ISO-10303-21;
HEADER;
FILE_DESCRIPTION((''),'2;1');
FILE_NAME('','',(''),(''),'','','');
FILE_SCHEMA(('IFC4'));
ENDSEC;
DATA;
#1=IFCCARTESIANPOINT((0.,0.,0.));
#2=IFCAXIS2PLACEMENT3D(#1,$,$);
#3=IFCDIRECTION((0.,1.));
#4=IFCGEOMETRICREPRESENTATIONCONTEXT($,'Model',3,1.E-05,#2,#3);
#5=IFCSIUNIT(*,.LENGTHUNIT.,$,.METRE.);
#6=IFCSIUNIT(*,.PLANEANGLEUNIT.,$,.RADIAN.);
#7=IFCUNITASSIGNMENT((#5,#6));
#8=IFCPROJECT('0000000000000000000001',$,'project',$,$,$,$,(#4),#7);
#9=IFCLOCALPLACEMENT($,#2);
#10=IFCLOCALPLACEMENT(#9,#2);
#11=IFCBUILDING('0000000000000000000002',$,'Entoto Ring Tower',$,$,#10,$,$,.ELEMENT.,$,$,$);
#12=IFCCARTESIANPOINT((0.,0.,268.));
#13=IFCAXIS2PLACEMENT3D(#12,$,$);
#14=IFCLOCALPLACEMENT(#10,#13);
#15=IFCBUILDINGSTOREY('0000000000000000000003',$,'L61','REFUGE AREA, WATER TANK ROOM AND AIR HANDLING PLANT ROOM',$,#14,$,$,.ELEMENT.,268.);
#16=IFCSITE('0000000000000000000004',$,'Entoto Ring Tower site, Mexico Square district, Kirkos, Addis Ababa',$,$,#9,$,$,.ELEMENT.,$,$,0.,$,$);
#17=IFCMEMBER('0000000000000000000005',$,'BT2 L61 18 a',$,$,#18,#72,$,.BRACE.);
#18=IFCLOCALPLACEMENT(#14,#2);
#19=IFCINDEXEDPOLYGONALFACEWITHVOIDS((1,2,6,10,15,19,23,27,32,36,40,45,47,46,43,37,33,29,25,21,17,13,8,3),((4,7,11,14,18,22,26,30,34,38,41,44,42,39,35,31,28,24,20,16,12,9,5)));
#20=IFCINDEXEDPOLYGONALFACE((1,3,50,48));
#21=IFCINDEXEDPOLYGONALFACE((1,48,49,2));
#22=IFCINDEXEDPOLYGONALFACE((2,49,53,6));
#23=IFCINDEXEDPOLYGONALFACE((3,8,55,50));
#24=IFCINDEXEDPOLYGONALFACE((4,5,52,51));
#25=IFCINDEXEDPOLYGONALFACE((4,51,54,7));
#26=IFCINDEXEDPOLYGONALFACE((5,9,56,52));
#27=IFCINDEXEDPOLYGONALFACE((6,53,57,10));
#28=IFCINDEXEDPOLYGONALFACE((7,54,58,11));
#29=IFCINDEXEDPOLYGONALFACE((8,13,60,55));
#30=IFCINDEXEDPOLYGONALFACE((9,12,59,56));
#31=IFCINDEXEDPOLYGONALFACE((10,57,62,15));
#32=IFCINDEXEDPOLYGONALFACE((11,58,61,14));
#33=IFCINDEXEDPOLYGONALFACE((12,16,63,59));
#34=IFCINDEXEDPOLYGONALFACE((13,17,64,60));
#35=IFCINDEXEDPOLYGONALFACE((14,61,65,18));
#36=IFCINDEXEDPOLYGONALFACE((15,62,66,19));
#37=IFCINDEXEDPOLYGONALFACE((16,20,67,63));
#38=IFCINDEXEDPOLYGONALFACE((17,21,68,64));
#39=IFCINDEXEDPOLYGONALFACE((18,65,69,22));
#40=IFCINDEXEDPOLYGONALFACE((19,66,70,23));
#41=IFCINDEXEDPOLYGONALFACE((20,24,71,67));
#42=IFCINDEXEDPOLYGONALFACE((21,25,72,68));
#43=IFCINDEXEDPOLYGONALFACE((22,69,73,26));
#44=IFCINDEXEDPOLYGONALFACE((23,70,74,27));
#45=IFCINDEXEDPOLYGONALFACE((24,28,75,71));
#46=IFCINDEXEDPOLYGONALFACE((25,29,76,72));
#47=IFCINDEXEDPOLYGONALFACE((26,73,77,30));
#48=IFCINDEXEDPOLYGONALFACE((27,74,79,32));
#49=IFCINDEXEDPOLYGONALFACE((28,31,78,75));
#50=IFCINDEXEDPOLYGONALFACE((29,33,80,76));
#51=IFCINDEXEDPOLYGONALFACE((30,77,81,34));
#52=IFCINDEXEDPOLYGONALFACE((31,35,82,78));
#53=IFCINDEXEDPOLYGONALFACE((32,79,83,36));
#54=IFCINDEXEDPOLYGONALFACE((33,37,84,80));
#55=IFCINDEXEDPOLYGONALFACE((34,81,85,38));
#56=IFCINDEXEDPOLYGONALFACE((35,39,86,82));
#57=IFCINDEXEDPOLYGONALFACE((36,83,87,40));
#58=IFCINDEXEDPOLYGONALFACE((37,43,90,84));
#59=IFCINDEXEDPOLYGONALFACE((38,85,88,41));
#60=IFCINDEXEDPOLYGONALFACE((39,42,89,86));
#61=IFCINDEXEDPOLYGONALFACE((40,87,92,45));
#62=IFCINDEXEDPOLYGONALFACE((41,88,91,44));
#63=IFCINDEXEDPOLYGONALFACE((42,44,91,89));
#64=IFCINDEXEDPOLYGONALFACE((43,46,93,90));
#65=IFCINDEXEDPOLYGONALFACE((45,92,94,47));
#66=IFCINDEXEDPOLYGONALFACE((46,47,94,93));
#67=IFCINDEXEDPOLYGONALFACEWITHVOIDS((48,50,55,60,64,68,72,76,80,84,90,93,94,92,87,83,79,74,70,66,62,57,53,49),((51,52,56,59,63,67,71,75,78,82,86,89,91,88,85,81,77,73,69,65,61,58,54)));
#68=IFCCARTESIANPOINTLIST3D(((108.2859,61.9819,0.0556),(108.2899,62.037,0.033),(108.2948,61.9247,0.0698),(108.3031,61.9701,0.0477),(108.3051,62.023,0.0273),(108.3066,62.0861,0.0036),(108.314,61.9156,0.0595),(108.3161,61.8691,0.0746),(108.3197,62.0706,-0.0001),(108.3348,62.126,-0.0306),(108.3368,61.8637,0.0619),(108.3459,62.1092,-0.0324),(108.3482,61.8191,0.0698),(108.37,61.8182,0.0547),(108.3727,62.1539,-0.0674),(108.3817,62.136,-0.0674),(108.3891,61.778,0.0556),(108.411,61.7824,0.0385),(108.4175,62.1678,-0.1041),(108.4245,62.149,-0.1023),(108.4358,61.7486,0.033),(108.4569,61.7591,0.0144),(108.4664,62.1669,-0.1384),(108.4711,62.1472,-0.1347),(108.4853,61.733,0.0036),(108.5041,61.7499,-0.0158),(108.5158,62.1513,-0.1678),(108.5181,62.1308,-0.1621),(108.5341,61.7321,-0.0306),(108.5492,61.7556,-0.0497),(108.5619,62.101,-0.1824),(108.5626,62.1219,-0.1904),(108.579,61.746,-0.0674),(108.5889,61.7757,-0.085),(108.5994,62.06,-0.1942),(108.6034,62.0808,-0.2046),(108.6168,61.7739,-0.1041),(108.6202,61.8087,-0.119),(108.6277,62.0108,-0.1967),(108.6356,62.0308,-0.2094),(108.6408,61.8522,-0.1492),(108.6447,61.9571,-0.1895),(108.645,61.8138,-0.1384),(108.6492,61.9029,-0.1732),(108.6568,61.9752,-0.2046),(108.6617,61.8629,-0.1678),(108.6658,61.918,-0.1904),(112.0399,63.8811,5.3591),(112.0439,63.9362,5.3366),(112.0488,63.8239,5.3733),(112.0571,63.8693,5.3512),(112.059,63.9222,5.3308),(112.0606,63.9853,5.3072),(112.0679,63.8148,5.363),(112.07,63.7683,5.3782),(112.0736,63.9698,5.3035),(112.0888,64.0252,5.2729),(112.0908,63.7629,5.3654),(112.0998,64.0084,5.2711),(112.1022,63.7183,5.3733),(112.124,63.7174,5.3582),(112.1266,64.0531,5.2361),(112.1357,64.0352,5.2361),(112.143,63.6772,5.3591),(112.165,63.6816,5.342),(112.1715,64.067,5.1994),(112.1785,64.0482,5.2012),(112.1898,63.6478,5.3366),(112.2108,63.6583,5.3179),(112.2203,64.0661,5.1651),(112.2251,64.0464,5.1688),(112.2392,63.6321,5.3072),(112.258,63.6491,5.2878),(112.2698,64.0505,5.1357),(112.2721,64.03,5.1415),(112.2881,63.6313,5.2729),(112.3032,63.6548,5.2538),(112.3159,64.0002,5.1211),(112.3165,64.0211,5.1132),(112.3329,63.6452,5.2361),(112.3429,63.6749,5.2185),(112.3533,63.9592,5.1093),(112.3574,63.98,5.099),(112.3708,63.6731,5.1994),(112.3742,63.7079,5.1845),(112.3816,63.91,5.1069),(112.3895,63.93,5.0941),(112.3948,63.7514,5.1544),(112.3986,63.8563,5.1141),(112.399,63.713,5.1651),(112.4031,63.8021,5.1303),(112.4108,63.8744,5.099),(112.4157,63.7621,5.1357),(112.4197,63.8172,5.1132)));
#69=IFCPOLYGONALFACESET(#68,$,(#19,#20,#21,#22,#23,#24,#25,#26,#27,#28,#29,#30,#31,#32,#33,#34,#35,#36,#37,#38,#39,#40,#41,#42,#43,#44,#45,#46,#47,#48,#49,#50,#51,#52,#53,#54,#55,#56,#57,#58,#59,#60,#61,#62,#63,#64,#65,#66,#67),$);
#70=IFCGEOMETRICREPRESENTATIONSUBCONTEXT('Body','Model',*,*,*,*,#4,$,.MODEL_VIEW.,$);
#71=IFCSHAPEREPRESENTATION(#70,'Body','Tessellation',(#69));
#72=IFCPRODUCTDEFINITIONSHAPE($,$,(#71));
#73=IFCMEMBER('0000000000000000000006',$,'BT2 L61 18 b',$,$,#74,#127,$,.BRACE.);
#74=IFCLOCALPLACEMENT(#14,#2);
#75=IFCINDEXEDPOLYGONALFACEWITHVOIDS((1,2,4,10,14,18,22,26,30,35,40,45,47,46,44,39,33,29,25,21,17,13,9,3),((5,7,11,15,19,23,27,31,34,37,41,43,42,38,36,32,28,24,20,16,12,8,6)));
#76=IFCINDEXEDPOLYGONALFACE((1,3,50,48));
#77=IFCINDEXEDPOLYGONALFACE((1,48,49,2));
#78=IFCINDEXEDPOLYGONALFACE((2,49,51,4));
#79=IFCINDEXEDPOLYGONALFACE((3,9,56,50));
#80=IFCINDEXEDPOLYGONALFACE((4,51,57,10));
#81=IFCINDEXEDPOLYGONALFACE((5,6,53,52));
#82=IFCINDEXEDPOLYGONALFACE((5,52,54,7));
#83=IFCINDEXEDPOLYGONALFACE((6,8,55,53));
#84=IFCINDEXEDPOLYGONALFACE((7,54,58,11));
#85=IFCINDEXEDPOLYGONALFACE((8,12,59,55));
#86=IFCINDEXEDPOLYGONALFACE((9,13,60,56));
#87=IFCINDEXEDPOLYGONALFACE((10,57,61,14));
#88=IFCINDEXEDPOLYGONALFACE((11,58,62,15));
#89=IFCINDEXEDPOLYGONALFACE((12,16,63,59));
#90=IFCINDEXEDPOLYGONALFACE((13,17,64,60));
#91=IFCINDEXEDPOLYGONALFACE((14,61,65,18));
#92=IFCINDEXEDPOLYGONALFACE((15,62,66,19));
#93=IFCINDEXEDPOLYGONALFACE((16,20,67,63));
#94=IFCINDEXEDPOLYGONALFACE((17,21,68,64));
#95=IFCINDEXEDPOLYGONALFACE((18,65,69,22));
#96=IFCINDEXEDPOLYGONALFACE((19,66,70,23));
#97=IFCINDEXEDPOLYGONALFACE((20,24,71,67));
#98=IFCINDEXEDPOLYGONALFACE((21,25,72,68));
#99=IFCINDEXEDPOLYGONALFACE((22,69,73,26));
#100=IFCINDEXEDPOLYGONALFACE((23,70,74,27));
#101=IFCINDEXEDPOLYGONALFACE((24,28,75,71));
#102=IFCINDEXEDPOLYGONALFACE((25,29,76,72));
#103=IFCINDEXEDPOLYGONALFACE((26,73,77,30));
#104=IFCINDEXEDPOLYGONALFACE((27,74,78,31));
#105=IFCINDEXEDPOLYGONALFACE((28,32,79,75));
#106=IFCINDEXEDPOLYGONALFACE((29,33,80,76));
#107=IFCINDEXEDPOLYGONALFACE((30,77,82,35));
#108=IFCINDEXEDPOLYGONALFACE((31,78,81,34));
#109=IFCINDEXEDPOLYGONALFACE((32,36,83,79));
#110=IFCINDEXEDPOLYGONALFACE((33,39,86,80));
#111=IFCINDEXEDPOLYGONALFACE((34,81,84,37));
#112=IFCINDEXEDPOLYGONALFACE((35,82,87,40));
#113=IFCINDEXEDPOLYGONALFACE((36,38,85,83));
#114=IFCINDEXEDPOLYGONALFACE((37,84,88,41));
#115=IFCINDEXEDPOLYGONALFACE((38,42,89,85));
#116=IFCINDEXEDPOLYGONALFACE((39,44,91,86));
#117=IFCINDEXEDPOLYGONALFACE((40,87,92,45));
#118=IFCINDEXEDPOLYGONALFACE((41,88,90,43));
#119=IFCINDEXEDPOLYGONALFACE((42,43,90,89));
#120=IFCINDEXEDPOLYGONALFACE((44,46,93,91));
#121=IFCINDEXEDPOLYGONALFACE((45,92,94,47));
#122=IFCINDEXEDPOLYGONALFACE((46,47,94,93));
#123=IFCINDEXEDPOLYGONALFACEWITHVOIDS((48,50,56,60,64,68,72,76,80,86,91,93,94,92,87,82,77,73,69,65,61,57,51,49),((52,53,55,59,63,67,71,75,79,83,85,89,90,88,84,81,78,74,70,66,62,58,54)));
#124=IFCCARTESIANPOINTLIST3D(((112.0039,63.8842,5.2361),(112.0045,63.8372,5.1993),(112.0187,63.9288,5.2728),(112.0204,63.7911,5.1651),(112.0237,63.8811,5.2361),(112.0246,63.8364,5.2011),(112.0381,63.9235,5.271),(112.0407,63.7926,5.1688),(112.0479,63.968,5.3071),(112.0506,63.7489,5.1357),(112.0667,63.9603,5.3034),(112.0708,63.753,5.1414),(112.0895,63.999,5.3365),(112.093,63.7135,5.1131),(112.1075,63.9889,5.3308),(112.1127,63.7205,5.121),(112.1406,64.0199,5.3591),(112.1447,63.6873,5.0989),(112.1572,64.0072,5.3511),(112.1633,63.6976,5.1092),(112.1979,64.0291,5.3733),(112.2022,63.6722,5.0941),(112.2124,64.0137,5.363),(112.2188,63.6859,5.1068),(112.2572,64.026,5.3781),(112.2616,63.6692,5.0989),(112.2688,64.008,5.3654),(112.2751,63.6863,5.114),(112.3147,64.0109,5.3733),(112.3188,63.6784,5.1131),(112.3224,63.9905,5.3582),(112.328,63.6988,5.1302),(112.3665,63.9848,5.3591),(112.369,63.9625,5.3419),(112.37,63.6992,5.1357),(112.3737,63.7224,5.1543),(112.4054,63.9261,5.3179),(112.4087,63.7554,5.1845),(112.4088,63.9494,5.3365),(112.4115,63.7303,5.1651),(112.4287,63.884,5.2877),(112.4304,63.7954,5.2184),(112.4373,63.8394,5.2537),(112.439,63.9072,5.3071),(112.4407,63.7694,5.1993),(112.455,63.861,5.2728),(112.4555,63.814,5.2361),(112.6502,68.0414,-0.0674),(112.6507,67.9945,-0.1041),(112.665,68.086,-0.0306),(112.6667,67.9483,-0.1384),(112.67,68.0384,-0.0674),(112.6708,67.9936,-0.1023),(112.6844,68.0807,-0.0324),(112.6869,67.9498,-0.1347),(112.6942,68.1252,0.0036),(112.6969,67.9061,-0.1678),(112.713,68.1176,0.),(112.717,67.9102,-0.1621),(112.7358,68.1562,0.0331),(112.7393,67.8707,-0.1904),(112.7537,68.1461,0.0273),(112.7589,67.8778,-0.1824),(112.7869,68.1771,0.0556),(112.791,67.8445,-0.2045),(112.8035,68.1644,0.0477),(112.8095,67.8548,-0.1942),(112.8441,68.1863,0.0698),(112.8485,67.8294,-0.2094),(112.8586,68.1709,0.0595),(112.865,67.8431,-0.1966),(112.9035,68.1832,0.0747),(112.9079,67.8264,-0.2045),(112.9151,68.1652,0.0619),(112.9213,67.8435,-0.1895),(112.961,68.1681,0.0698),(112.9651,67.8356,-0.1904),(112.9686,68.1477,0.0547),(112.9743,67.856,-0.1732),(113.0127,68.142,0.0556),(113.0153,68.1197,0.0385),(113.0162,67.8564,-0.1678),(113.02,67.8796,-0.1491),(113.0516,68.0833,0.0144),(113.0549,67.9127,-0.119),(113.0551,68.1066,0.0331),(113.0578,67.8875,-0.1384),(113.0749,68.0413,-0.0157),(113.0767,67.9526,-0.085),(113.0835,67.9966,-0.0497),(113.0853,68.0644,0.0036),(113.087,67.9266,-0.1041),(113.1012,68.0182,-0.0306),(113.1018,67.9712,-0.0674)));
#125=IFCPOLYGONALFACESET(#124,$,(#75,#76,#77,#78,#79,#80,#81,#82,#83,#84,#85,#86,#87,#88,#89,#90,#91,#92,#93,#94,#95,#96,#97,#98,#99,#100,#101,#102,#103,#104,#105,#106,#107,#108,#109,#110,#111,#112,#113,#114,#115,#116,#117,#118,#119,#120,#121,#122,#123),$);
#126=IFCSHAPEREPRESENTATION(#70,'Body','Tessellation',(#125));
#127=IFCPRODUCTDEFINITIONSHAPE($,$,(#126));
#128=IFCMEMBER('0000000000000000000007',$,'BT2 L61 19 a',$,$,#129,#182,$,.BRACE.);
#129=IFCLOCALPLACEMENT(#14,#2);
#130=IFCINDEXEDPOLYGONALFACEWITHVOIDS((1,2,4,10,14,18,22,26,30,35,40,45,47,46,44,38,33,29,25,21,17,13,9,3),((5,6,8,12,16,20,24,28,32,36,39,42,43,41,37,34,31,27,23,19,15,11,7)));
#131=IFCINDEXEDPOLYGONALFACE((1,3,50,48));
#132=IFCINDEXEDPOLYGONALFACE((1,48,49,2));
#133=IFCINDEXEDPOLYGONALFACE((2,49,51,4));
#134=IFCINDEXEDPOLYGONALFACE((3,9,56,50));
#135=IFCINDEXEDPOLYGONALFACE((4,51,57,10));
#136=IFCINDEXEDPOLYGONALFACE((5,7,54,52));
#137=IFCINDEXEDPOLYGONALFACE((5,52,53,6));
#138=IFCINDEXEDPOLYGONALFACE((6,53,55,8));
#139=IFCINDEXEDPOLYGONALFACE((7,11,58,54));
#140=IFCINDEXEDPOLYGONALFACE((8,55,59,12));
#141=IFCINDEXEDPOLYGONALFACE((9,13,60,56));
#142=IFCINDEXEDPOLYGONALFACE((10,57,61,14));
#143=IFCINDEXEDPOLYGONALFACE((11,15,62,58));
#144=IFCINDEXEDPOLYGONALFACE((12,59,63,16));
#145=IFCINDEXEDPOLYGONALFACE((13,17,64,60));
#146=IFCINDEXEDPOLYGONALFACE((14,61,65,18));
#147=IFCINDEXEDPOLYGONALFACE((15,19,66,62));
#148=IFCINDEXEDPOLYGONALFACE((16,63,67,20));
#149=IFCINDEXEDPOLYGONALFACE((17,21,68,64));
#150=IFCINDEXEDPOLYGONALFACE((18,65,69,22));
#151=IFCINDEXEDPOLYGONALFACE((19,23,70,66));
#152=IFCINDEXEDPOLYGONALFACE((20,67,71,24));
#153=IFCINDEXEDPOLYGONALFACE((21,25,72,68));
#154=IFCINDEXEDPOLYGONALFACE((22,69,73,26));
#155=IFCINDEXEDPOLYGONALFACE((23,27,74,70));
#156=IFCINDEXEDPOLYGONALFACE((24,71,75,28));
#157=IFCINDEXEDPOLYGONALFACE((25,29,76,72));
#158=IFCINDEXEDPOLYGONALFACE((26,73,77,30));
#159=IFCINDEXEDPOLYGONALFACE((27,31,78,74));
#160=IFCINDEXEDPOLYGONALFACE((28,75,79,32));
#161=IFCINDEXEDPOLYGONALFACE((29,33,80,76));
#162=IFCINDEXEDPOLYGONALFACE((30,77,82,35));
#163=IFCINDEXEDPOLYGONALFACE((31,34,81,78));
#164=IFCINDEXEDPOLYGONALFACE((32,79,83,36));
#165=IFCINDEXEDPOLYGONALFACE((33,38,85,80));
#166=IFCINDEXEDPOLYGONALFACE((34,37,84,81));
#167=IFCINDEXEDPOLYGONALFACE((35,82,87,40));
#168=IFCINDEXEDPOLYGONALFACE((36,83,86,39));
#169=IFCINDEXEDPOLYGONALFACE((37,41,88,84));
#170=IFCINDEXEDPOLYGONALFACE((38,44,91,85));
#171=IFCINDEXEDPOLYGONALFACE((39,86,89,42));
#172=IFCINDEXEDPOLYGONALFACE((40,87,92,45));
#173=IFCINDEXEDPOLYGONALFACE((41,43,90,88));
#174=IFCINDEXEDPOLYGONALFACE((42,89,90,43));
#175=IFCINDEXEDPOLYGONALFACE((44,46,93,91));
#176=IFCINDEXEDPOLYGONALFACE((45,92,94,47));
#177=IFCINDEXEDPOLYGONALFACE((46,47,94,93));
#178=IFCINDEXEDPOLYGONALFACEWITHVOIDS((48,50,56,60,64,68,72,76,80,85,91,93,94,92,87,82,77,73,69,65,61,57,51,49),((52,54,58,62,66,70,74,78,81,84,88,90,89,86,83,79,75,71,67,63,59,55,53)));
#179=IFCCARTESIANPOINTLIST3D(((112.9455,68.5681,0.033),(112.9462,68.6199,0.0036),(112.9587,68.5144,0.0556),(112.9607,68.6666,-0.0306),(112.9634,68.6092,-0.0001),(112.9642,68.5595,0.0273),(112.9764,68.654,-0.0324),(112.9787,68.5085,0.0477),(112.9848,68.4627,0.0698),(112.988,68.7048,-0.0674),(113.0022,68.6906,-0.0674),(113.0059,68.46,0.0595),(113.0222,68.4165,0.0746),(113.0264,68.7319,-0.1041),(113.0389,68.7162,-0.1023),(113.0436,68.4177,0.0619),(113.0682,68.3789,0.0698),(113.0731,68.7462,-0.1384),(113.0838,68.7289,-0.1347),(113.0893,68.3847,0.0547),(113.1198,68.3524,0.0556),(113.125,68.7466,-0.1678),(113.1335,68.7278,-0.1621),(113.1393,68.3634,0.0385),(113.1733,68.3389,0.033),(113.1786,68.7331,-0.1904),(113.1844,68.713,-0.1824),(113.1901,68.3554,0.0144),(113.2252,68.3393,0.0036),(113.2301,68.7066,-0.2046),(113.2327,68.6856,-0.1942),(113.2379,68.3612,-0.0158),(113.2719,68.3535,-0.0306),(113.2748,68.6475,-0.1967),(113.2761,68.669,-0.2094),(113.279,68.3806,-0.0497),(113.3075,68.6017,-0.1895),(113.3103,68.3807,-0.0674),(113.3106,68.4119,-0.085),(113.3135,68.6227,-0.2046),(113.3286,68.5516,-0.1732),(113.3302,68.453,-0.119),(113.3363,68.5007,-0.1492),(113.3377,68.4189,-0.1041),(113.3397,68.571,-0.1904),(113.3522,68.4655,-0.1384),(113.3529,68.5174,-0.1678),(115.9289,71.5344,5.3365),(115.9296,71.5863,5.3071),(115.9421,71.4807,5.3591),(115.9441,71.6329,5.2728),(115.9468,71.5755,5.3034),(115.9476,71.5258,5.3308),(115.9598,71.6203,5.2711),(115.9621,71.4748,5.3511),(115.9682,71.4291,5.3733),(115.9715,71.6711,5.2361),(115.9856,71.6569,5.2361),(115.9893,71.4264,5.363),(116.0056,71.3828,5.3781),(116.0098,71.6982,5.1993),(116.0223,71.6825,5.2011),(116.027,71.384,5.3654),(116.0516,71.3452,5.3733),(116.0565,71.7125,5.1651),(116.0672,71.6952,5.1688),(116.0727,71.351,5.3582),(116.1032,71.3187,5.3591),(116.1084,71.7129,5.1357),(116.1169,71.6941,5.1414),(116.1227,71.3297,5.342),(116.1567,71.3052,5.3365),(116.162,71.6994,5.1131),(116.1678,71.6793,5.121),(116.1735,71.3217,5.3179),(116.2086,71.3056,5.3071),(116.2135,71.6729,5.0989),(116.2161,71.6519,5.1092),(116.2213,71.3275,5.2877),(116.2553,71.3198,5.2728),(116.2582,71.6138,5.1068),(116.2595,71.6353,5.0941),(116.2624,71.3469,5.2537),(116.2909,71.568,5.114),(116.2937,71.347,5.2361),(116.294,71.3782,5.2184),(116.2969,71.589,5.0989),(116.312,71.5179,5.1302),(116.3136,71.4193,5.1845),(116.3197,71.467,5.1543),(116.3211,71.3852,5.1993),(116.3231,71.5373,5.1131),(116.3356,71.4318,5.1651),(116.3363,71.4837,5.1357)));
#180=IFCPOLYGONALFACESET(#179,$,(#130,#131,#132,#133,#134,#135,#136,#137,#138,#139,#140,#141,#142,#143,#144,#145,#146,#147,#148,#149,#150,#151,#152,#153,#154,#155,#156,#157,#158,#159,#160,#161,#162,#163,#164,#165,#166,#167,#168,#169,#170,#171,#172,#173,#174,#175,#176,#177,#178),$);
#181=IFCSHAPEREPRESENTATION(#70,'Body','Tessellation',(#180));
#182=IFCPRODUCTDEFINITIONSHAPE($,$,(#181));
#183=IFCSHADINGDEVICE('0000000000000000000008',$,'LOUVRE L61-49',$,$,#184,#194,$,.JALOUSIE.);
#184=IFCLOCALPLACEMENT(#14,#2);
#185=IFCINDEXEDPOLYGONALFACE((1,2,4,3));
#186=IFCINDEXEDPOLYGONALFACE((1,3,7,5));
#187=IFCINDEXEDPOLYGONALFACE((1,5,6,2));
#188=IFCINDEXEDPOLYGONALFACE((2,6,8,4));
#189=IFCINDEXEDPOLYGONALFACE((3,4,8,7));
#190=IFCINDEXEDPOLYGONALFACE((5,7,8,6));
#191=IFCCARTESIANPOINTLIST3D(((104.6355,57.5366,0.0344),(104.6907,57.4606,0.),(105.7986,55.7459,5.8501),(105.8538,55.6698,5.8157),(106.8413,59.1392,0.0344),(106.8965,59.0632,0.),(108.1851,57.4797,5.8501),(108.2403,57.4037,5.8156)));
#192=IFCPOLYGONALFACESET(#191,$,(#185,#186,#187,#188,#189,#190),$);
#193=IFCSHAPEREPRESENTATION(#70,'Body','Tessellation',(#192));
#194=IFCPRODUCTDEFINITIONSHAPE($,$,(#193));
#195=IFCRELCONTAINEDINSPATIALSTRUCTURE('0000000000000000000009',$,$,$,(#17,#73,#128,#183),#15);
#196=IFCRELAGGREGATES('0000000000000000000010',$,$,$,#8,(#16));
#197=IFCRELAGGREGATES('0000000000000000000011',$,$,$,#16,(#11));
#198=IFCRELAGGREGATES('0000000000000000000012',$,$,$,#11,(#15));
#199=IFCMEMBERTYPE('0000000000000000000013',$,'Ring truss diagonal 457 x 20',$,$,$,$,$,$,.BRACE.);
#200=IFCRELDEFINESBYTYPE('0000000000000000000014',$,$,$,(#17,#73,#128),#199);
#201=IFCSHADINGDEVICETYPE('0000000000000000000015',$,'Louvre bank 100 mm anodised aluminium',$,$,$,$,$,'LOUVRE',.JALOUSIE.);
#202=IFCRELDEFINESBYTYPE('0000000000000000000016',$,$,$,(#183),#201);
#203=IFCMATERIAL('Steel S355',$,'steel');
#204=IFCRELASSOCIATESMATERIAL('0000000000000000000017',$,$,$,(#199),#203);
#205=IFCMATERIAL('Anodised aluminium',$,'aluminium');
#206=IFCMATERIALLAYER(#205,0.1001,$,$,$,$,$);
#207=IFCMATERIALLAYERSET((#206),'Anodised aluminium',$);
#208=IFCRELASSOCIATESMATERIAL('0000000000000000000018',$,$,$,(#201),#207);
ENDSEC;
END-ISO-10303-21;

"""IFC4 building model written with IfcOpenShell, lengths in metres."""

from ifc_helpers import new_model, si_unit, direction, frame, origin, origin_2d, place, context, subcontext, project, spatial, polyline, circle, hollow_circle, outline, extrude, material, layer, layer_set, material_profile, profile_set, type_object, element, save


model = new_model("IFC4")

# Units and contexts
model_context = context("Model", 3, precision=1e-05, world=origin(), true_north=direction((0.0, 1.0)))
body_context = subcontext(model_context, "Body", "Model", "MODEL_VIEW")
ifc_project = project(units=[si_unit("LENGTHUNIT", "METRE"), si_unit("PLANEANGLEUNIT", "RADIAN")], contexts=[model_context])

# Site, building, storey
site_placement = place(None, origin())
site = spatial("IfcSite", under=ifc_project, at=site_placement, Name="Entoto Ring Tower site, Mexico Square district, Kirkos, Addis Ababa", CompositionType="ELEMENT", RefElevation=0.0)
building_placement = place(site_placement, origin())
building = spatial("IfcBuilding", under=site, at=building_placement, Name="Entoto Ring Tower", CompositionType="ELEMENT")
storey_placement = place(building_placement, frame((0.0, 0.0, 268.0)))
storey = spatial("IfcBuildingStorey", under=building, at=storey_placement, Name="L61", Description="REFUGE AREA, WATER TANK ROOM AND AIR HANDLING PLANT ROOM", CompositionType="ELEMENT", Elevation=268.0)

# Members
ifc_material_1 = material(Name="Steel S355", Category="steel")
ifc_material_profile_1 = material_profile(ifc_material_1, hollow_circle(Radius=0.2285, WallThickness=0.02, at=origin_2d()), Name="CHS 457 x 20")
ifc_material_2 = material(Name="Concrete C60/75", Category="concrete")
ifc_material_profile_2 = material_profile(ifc_material_2, circle(Radius=0.2085, at=origin_2d()), Name="Concrete C60/75 infill")
ifc_profile_set_1 = profile_set([ifc_material_profile_1, ifc_material_profile_2], Name="Steel S355")
member_type_1 = type_object("IfcMemberType", Name="Ring truss diagonal 457 x 20", PredefinedType="BRACE", material=ifc_profile_set_1)
for number, where, z_axis, x_axis, name in (
    (1, (108.4758, 61.95, -0.0674), (0.554537, 0.28055, 0.783442), (-0.451433, 0.892305, 0.0), "BT2 L61 18 a"),
    (2, (112.2297, 63.8491, 5.2361), (0.095463, 0.614106, -0.783429), (-0.988132, 0.153605, 0.0), "BT2 L61 18 b"),
    (3, (113.1492, 68.5427, -0.0674), (0.44071, 0.438186, 0.783433), (-0.705073, 0.709135, 0.0), "BT2 L61 19 a"),
):
    element("IfcMember", number, at=place(storey_placement, frame(where, z_axis=z_axis, x_axis=x_axis)), inside=storey, type_object=member_type_1, Name=name, PredefinedType="BRACE", context=body_context, shape_type="SweptSolid", body=[
        extrude(hollow_circle(Radius=0.2285, WallThickness=0.02, at=origin_2d()), origin(), (0.0, 0.0, 1.0), 6.7695),
    ])

# Shading device
ifc_material_3 = material(Name="Anodised aluminium", Category="aluminium")
ifc_layer_1 = layer(ifc_material_3, 0.1001)
ifc_layer_set_1 = layer_set([ifc_layer_1], Name="Anodised aluminium")
shading_device_type = type_object("IfcShadingDeviceType", Name="Louvre bank 100 mm anodised aluminium", ElementType="LOUVRE", PredefinedType="JALOUSIE", material=ifc_layer_set_1)
shading_device_1_placement = place(storey_placement, frame((104.6355, 57.5366, 0.0344), z_axis=(-0.551852, 0.759574, 0.344249), x_axis=(0.809023, 0.587777, 0.000004)))
element("IfcShadingDevice", 4, at=shading_device_1_placement, inside=storey, type_object=shading_device_type, Name="LOUVRE L61-49", PredefinedType="JALOUSIE", context=body_context, shape_type="SweptSolid", body=[
    extrude(outline(polyline([(0.0, 0.0), (2.7265, 0.0), (2.8383, -6.1943), (-0.1116, -6.1943), (0.0, 0.0)])), origin(), (0.0, 0.0, -1.0), 0.1001),
])

save(model, "model.ifc")
